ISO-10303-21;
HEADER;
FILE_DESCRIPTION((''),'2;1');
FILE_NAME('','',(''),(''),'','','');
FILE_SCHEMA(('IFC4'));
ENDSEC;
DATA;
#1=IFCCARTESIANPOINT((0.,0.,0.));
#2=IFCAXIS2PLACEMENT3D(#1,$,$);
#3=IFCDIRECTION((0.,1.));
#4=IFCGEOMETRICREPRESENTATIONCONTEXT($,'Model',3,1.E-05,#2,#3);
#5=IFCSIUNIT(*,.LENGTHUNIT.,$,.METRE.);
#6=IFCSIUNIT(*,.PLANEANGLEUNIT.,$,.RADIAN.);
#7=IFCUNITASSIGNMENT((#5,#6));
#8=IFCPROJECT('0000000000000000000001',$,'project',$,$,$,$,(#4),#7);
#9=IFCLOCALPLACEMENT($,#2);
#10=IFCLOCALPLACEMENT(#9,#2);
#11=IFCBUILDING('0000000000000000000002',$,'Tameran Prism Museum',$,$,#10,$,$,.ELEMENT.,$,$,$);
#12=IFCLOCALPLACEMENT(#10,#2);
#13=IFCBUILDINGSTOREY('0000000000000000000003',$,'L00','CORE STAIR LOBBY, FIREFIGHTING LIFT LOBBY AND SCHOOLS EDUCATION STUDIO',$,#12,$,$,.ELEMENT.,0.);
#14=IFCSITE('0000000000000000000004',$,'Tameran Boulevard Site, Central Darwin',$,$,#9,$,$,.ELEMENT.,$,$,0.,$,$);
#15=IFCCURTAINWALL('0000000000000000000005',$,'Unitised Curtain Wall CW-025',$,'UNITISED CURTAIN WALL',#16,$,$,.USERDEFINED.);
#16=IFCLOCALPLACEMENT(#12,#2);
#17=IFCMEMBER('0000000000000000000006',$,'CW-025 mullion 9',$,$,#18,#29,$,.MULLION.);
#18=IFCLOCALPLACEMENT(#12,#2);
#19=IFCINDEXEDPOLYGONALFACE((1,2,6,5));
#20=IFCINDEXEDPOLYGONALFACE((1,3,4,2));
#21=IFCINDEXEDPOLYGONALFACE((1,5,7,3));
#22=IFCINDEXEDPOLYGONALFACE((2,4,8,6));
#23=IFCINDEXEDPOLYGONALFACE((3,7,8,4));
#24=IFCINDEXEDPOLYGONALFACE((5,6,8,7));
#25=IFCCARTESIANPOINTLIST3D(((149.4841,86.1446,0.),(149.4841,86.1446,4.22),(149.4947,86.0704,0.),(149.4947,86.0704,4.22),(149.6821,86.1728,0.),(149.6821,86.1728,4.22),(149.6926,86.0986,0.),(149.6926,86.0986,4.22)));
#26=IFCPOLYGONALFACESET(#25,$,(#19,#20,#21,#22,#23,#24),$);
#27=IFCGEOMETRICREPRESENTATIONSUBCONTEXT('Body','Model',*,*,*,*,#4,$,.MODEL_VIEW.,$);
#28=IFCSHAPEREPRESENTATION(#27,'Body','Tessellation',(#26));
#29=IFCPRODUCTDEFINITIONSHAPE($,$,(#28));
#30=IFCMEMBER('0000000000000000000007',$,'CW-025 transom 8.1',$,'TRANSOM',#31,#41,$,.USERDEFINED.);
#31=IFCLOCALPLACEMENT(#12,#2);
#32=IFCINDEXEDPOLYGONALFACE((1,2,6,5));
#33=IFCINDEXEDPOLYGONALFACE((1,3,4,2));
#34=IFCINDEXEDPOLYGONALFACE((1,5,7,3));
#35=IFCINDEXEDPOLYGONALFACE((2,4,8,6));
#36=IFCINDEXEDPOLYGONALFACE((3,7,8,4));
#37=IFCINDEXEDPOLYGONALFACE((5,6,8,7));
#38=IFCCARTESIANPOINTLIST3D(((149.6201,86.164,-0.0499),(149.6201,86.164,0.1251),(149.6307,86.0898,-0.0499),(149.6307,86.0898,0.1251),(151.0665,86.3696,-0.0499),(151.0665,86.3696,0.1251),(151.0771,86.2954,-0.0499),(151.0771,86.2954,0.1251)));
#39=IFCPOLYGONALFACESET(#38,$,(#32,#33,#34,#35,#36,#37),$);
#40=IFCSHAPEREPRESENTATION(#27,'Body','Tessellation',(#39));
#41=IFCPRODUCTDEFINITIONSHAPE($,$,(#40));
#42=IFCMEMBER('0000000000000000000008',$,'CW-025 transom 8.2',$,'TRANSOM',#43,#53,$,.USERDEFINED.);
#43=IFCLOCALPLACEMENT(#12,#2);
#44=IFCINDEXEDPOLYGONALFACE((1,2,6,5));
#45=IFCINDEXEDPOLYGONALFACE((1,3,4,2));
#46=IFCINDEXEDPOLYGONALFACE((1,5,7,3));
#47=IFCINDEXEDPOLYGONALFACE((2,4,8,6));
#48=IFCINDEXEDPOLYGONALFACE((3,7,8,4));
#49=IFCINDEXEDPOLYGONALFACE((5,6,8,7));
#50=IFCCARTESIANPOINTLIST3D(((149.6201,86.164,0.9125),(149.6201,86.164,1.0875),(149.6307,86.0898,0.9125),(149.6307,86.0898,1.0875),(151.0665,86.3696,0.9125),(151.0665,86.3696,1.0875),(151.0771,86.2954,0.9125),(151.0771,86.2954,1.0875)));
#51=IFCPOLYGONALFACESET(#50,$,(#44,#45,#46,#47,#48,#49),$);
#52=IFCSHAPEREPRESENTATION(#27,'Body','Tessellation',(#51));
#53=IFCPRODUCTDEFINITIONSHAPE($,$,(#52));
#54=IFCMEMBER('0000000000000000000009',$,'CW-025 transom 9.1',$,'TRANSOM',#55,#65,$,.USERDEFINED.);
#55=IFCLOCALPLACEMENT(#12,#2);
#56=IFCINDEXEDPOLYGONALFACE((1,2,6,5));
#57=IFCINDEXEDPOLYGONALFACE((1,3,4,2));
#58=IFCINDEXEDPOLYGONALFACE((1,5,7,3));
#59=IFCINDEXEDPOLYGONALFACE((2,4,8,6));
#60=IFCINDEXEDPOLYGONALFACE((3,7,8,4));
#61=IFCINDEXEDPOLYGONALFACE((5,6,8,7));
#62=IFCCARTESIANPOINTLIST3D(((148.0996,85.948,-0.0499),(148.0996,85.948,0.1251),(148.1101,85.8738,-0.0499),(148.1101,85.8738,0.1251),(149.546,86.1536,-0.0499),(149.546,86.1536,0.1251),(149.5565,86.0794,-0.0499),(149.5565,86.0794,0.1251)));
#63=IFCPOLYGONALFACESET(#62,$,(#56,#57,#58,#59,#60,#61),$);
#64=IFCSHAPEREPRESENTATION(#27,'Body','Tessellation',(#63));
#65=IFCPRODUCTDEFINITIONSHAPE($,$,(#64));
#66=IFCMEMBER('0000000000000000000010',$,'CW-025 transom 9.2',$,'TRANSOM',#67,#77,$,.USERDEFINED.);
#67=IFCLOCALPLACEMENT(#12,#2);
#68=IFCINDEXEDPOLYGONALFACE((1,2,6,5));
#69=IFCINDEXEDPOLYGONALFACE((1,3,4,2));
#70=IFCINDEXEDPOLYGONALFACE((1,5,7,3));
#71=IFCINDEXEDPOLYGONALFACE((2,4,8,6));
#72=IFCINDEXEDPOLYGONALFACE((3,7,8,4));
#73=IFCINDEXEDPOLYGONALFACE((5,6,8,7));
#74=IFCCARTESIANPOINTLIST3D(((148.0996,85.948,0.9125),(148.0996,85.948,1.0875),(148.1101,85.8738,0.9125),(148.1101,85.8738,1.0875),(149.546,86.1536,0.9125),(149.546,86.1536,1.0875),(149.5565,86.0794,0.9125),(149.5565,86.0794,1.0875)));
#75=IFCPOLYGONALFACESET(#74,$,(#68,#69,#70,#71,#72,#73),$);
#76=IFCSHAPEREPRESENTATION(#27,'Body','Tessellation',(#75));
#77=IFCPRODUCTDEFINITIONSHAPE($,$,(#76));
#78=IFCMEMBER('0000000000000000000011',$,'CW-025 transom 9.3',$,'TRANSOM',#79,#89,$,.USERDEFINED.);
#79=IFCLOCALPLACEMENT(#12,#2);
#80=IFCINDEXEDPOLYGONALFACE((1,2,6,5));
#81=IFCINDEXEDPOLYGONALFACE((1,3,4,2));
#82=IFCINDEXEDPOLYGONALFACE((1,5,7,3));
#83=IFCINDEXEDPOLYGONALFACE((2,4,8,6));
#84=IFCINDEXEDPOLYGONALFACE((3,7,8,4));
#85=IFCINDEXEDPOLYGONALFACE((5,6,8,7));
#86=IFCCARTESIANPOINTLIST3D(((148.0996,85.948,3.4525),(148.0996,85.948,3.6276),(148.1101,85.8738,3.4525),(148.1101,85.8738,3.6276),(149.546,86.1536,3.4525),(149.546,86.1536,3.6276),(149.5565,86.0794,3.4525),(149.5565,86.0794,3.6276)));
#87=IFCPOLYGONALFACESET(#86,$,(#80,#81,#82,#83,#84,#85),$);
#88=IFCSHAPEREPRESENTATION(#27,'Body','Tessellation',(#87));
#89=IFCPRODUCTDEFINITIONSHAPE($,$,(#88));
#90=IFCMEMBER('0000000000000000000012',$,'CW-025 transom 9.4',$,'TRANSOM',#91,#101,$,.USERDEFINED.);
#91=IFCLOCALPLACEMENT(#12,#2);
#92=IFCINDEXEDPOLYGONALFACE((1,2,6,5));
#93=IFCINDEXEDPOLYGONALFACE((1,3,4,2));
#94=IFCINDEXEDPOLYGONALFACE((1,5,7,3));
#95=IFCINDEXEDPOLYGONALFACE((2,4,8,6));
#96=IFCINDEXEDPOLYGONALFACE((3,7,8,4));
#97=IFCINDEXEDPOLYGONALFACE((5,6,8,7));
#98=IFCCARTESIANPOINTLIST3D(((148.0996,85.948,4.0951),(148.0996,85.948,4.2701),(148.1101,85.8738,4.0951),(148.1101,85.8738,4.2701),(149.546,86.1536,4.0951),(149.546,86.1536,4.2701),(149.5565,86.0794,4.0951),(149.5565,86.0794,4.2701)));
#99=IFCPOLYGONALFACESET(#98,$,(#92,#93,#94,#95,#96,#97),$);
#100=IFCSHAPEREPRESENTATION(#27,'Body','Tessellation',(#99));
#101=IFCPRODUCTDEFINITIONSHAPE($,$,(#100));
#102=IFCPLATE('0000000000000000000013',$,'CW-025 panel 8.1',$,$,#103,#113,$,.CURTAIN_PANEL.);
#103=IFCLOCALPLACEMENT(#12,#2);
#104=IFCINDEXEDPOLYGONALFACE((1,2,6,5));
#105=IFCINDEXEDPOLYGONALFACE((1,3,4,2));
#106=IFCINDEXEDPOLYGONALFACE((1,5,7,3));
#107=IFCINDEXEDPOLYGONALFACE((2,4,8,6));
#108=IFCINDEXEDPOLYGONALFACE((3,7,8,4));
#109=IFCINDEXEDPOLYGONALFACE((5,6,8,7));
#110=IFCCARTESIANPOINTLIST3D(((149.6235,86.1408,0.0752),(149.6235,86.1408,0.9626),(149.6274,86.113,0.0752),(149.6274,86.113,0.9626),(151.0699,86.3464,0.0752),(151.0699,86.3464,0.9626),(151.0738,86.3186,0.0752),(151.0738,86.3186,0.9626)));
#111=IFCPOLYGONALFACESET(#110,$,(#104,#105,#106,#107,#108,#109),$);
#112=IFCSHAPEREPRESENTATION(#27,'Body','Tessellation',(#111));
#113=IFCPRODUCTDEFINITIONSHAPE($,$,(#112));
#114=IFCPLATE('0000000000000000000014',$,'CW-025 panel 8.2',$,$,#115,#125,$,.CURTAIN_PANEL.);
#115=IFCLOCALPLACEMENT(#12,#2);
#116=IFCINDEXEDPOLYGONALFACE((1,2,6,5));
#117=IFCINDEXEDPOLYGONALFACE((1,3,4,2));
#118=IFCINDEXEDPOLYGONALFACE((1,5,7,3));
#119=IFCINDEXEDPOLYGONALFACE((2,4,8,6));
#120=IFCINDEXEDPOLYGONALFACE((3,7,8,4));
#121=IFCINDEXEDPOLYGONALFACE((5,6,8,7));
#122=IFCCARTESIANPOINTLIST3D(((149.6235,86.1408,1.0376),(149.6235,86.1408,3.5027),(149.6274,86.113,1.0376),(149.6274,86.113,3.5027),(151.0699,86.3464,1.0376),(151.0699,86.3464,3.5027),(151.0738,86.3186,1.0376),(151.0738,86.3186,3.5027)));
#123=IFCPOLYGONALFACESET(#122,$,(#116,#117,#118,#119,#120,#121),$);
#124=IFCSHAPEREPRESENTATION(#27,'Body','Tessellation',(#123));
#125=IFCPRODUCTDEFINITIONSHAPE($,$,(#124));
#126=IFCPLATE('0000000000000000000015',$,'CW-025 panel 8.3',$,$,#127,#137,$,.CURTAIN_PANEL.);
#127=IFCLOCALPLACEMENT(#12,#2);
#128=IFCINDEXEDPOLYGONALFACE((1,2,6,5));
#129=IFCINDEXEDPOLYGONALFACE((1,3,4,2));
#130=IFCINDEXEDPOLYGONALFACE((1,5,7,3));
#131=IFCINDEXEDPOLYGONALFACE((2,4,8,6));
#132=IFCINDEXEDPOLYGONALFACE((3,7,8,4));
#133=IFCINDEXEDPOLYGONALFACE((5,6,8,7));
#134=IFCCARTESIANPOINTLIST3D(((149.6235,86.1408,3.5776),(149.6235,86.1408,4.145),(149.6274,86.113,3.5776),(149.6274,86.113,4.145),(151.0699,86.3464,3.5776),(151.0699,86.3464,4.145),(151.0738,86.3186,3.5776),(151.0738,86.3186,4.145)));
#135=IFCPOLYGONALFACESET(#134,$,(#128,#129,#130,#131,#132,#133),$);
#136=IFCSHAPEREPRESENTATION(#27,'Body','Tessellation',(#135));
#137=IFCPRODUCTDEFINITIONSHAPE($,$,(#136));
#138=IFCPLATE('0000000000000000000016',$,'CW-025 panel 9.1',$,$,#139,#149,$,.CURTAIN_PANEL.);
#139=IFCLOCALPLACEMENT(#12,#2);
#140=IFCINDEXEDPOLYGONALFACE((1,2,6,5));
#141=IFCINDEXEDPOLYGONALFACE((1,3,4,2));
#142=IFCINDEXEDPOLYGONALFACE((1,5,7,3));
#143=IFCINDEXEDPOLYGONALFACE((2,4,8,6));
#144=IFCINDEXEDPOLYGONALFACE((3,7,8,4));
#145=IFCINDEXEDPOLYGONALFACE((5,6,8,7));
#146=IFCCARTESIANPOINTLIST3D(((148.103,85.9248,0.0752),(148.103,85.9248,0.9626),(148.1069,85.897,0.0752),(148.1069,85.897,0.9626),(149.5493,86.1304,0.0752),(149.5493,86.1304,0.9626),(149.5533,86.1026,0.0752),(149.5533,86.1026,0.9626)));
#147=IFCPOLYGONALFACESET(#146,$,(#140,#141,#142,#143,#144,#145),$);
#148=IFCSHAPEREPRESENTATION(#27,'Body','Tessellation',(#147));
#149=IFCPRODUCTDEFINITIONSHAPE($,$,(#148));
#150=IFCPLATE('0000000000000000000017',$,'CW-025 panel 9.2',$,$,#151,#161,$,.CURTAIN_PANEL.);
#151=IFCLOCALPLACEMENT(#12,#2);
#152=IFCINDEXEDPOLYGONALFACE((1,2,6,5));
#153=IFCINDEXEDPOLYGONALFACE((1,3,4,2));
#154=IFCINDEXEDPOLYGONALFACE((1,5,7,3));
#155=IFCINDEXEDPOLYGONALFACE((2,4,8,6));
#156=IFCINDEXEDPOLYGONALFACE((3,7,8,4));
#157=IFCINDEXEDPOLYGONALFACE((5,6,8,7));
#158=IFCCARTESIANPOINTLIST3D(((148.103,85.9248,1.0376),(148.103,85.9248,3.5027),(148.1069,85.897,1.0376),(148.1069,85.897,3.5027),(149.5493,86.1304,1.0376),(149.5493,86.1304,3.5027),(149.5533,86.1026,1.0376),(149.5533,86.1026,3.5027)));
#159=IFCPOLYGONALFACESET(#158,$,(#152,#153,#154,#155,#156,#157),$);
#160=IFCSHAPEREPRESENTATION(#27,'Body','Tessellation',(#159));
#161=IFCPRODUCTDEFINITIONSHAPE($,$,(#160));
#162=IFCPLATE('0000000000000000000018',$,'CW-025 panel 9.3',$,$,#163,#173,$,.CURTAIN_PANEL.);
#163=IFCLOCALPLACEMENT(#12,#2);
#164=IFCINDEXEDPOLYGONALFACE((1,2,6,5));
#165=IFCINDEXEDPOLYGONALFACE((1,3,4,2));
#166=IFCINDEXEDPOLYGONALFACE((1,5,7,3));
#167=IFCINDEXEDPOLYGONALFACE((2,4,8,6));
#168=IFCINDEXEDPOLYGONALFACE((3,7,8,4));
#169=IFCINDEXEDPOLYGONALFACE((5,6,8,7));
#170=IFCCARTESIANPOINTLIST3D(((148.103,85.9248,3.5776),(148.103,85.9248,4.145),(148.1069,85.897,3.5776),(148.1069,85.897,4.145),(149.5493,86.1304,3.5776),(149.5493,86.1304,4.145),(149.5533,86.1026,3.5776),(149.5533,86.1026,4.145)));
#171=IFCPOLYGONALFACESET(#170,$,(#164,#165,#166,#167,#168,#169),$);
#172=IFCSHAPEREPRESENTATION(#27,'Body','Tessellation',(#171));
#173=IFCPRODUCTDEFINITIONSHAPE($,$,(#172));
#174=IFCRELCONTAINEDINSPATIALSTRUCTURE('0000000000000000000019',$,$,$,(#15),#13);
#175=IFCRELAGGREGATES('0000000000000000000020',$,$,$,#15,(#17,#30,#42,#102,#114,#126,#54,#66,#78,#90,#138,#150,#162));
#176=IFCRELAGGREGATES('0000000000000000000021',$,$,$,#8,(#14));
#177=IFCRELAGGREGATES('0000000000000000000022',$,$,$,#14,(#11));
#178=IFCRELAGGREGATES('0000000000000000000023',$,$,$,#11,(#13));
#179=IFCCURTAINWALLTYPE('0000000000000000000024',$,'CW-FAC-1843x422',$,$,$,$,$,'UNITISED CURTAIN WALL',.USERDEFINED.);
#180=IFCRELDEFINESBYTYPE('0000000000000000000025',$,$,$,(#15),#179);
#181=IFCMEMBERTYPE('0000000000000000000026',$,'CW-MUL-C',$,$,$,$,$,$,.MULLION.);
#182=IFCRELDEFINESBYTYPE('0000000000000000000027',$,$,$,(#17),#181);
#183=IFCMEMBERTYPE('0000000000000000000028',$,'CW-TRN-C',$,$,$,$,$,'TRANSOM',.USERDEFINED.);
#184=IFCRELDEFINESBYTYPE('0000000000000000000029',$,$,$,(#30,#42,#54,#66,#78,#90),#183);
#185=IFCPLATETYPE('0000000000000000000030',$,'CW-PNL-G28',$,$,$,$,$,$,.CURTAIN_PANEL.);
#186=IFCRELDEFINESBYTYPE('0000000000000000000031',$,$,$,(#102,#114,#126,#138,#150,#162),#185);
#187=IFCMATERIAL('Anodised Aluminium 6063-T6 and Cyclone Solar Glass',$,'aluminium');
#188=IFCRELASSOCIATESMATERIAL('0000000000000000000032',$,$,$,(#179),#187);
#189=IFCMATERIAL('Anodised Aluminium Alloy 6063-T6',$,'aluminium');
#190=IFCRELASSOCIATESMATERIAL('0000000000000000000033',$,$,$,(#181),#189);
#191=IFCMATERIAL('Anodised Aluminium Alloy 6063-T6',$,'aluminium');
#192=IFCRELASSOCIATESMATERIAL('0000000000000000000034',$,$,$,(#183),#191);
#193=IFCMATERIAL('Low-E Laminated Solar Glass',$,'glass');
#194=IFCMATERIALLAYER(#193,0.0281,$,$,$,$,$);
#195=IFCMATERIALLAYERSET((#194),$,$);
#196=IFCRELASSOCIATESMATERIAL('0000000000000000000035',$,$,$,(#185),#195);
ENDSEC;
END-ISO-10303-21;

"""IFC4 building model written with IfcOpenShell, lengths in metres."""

from ifc_helpers import new_model, si_unit, direction, frame, origin, origin_2d, place, context, subcontext, project, spatial, rectangle, extrude, material, layer, layer_set, material_profile, profile_set, type_object, element, aggregate, save


model = new_model("IFC4")

# Units and contexts
model_context = context("Model", 3, precision=1e-05, world=origin(), true_north=direction((0.0, 1.0)))
body_context = subcontext(model_context, "Body", "Model", "MODEL_VIEW")
ifc_project = project(units=[si_unit("LENGTHUNIT", "METRE"), si_unit("PLANEANGLEUNIT", "RADIAN")], contexts=[model_context])

# Site, building, storey
site_placement = place(None, origin())
site = spatial("IfcSite", under=ifc_project, at=site_placement, Name="Tameran Boulevard Site, Central Darwin", CompositionType="ELEMENT", RefElevation=0.0)
building_placement = place(site_placement, origin())
building = spatial("IfcBuilding", under=site, at=building_placement, Name="Tameran Prism Museum", CompositionType="ELEMENT")
storey_placement = place(building_placement, origin())
storey = spatial("IfcBuildingStorey", under=building, at=storey_placement, Name="L00", Description="CORE STAIR LOBBY, FIREFIGHTING LIFT LOBBY AND SCHOOLS EDUCATION STUDIO", CompositionType="ELEMENT", Elevation=0.0)

# Curtain wall, members, plates
ifc_material_1 = material(Name="Anodised Aluminium 6063-T6 and Cyclone Solar Glass", Category="aluminium")
curtain_wall_type = type_object("IfcCurtainWallType", Name="CW-FAC-1843x422", ElementType="UNITISED CURTAIN WALL", PredefinedType="USERDEFINED", material=ifc_material_1)
curtain_wall_placement = place(storey_placement, origin())
curtain_wall = element("IfcCurtainWall", 1, at=curtain_wall_placement, inside=storey, type_object=curtain_wall_type, Name="Unitised Curtain Wall CW-025", ObjectType="UNITISED CURTAIN WALL", PredefinedType="USERDEFINED")
ifc_material_2 = material(Name="Anodised Aluminium Alloy 6063-T6", Category="aluminium")
ifc_material_profile_1 = material_profile(ifc_material_2, rectangle(XDim=0.075, YDim=0.2, at=origin_2d()))
ifc_profile_set_1 = profile_set([ifc_material_profile_1])
member_type_1 = type_object("IfcMemberType", Name="CW-MUL-C", PredefinedType="MULLION", material=ifc_profile_set_1)
member_1_placement = place(storey_placement, frame((149.5884, 86.1216, 0.0), z_axis=(0.0, 0.0, 1.0), x_axis=(0.140745, -0.990046, 0.0)))
member_1 = element("IfcMember", 2, at=member_1_placement, type_object=member_type_1, Name="CW-025 mullion 9", PredefinedType="MULLION", context=body_context, shape_type="SweptSolid", body=[
    extrude(rectangle(XDim=0.075, YDim=0.2, at=origin_2d()), origin(), (0.0, 0.0, 1.0), 4.22),
])
ifc_material_3 = material(Name="Anodised Aluminium Alloy 6063-T6", Category="aluminium")
ifc_material_profile_2 = material_profile(ifc_material_3, rectangle(XDim=0.075, YDim=0.175, at=origin_2d()))
ifc_profile_set_2 = profile_set([ifc_material_profile_2])
member_type_2 = type_object("IfcMemberType", Name="CW-TRN-C", ElementType="TRANSOM", PredefinedType="USERDEFINED", material=ifc_profile_set_2)
member_2_placement = place(storey_placement, frame((151.0718, 86.3325, 0.0376), z_axis=(-0.99005, -0.140719, 0.0), x_axis=(0.140719, -0.99005, 0.0)))
member_2 = element("IfcMember", 3, at=member_2_placement, type_object=member_type_2, Name="CW-025 transom 8.1", ObjectType="TRANSOM", PredefinedType="USERDEFINED", context=body_context, shape_type="SweptSolid", body=[
    extrude(rectangle(XDim=0.075, YDim=0.175, at=origin_2d()), origin(), (0.0, 0.0, 1.0), 1.4609),
])
member_3_placement = place(storey_placement, frame((151.0718, 86.3325, 1.0), z_axis=(-0.99005, -0.140719, 0.0), x_axis=(0.140719, -0.99005, 0.0)))
member_3 = element("IfcMember", 4, at=member_3_placement, type_object=member_type_2, Name="CW-025 transom 8.2", ObjectType="TRANSOM", PredefinedType="USERDEFINED", context=body_context, shape_type="SweptSolid", body=[
    extrude(rectangle(XDim=0.075, YDim=0.175, at=origin_2d()), origin(), (0.0, 0.0, 1.0), 1.4609),
])
member_4_placement = place(storey_placement, frame((149.5513, 86.1165, 0.0376), z_axis=(-0.99005, -0.140719, 0.0), x_axis=(0.140719, -0.99005, 0.0)))
member_4 = element("IfcMember", 5, at=member_4_placement, type_object=member_type_2, Name="CW-025 transom 9.1", ObjectType="TRANSOM", PredefinedType="USERDEFINED", context=body_context, shape_type="SweptSolid", body=[
    extrude(rectangle(XDim=0.075, YDim=0.175, at=origin_2d()), origin(), (0.0, 0.0, 1.0), 1.4609),
])
member_5_placement = place(storey_placement, frame((149.5513, 86.1165, 1.0), z_axis=(-0.99005, -0.140719, 0.0), x_axis=(0.140719, -0.99005, 0.0)))
member_5 = element("IfcMember", 6, at=member_5_placement, type_object=member_type_2, Name="CW-025 transom 9.2", ObjectType="TRANSOM", PredefinedType="USERDEFINED", context=body_context, shape_type="SweptSolid", body=[
    extrude(rectangle(XDim=0.075, YDim=0.175, at=origin_2d()), origin(), (0.0, 0.0, 1.0), 1.4609),
])
member_6_placement = place(storey_placement, frame((149.5513, 86.1165, 3.54), z_axis=(-0.99005, -0.140719, 0.0), x_axis=(0.140719, -0.99005, 0.0)))
member_6 = element("IfcMember", 7, at=member_6_placement, type_object=member_type_2, Name="CW-025 transom 9.3", ObjectType="TRANSOM", PredefinedType="USERDEFINED", context=body_context, shape_type="SweptSolid", body=[
    extrude(rectangle(XDim=0.075, YDim=0.175, at=origin_2d()), origin(), (0.0, 0.0, 1.0), 1.4609),
])
member_7_placement = place(storey_placement, frame((149.5513, 86.1165, 4.1826), z_axis=(-0.99005, -0.140719, 0.0), x_axis=(0.140719, -0.99005, 0.0)))
member_7 = element("IfcMember", 8, at=member_7_placement, type_object=member_type_2, Name="CW-025 transom 9.4", ObjectType="TRANSOM", PredefinedType="USERDEFINED", context=body_context, shape_type="SweptSolid", body=[
    extrude(rectangle(XDim=0.075, YDim=0.175, at=origin_2d()), origin(), (0.0, 0.0, 1.0), 1.4609),
])
ifc_material_4 = material(Name="Low-E Laminated Solar Glass", Category="glass")
ifc_layer_1 = layer(ifc_material_4, 0.0281)
ifc_layer_set_1 = layer_set([ifc_layer_1])
plate_type = type_object("IfcPlateType", Name="CW-PNL-G28", PredefinedType="CURTAIN_PANEL", material=ifc_layer_set_1)
plate_1_placement = place(storey_placement, frame((150.3486, 86.2297, 0.0752), z_axis=(0.0, 0.0, 1.0), x_axis=(-0.990046, -0.140745, 0.0)))
plate_1 = element("IfcPlate", 9, at=plate_1_placement, type_object=plate_type, Name="CW-025 panel 8.1", PredefinedType="CURTAIN_PANEL", context=body_context, shape_type="SweptSolid", body=[
    extrude(rectangle(XDim=1.4609, YDim=0.0281, at=origin_2d()), origin(), (0.0, 0.0, 1.0), 0.8875),
])
plate_2_placement = place(storey_placement, frame((150.3486, 86.2297, 1.0376), z_axis=(0.0, 0.0, 1.0), x_axis=(-0.990046, -0.140745, 0.0)))
plate_2 = element("IfcPlate", 10, at=plate_2_placement, type_object=plate_type, Name="CW-025 panel 8.2", PredefinedType="CURTAIN_PANEL", context=body_context, shape_type="SweptSolid", body=[
    extrude(rectangle(XDim=1.4609, YDim=0.0281, at=origin_2d()), origin(), (0.0, 0.0, 1.0), 2.4651),
])
plate_3_placement = place(storey_placement, frame((150.3486, 86.2297, 3.5776), z_axis=(0.0, 0.0, 1.0), x_axis=(-0.990046, -0.140745, 0.0)))
plate_3 = element("IfcPlate", 11, at=plate_3_placement, type_object=plate_type, Name="CW-025 panel 8.3", PredefinedType="CURTAIN_PANEL", context=body_context, shape_type="SweptSolid", body=[
    extrude(rectangle(XDim=1.4609, YDim=0.0281, at=origin_2d()), origin(), (0.0, 0.0, 1.0), 0.5674),
])
plate_4_placement = place(storey_placement, frame((148.8281, 86.0137, 0.0752), z_axis=(0.0, 0.0, 1.0), x_axis=(-0.990046, -0.140745, 0.0)))
plate_4 = element("IfcPlate", 12, at=plate_4_placement, type_object=plate_type, Name="CW-025 panel 9.1", PredefinedType="CURTAIN_PANEL", context=body_context, shape_type="SweptSolid", body=[
    extrude(rectangle(XDim=1.4609, YDim=0.0281, at=origin_2d()), origin(), (0.0, 0.0, 1.0), 0.8875),
])
plate_5_placement = place(storey_placement, frame((148.8281, 86.0137, 1.0376), z_axis=(0.0, 0.0, 1.0), x_axis=(-0.990046, -0.140745, 0.0)))
plate_5 = element("IfcPlate", 13, at=plate_5_placement, type_object=plate_type, Name="CW-025 panel 9.2", PredefinedType="CURTAIN_PANEL", context=body_context, shape_type="SweptSolid", body=[
    extrude(rectangle(XDim=1.4609, YDim=0.0281, at=origin_2d()), origin(), (0.0, 0.0, 1.0), 2.4651),
])
plate_6_placement = place(storey_placement, frame((148.8281, 86.0137, 3.5776), z_axis=(0.0, 0.0, 1.0), x_axis=(-0.990046, -0.140745, 0.0)))
plate_6 = element("IfcPlate", 14, at=plate_6_placement, type_object=plate_type, Name="CW-025 panel 9.3", PredefinedType="CURTAIN_PANEL", context=body_context, shape_type="SweptSolid", body=[
    extrude(rectangle(XDim=1.4609, YDim=0.0281, at=origin_2d()), origin(), (0.0, 0.0, 1.0), 0.5674),
])
aggregate(curtain_wall, [member_1, member_2, member_3, plate_1, plate_2, plate_3, member_4, member_5, member_6, member_7, plate_4, plate_5, plate_6])

save(model, "model.ifc")
